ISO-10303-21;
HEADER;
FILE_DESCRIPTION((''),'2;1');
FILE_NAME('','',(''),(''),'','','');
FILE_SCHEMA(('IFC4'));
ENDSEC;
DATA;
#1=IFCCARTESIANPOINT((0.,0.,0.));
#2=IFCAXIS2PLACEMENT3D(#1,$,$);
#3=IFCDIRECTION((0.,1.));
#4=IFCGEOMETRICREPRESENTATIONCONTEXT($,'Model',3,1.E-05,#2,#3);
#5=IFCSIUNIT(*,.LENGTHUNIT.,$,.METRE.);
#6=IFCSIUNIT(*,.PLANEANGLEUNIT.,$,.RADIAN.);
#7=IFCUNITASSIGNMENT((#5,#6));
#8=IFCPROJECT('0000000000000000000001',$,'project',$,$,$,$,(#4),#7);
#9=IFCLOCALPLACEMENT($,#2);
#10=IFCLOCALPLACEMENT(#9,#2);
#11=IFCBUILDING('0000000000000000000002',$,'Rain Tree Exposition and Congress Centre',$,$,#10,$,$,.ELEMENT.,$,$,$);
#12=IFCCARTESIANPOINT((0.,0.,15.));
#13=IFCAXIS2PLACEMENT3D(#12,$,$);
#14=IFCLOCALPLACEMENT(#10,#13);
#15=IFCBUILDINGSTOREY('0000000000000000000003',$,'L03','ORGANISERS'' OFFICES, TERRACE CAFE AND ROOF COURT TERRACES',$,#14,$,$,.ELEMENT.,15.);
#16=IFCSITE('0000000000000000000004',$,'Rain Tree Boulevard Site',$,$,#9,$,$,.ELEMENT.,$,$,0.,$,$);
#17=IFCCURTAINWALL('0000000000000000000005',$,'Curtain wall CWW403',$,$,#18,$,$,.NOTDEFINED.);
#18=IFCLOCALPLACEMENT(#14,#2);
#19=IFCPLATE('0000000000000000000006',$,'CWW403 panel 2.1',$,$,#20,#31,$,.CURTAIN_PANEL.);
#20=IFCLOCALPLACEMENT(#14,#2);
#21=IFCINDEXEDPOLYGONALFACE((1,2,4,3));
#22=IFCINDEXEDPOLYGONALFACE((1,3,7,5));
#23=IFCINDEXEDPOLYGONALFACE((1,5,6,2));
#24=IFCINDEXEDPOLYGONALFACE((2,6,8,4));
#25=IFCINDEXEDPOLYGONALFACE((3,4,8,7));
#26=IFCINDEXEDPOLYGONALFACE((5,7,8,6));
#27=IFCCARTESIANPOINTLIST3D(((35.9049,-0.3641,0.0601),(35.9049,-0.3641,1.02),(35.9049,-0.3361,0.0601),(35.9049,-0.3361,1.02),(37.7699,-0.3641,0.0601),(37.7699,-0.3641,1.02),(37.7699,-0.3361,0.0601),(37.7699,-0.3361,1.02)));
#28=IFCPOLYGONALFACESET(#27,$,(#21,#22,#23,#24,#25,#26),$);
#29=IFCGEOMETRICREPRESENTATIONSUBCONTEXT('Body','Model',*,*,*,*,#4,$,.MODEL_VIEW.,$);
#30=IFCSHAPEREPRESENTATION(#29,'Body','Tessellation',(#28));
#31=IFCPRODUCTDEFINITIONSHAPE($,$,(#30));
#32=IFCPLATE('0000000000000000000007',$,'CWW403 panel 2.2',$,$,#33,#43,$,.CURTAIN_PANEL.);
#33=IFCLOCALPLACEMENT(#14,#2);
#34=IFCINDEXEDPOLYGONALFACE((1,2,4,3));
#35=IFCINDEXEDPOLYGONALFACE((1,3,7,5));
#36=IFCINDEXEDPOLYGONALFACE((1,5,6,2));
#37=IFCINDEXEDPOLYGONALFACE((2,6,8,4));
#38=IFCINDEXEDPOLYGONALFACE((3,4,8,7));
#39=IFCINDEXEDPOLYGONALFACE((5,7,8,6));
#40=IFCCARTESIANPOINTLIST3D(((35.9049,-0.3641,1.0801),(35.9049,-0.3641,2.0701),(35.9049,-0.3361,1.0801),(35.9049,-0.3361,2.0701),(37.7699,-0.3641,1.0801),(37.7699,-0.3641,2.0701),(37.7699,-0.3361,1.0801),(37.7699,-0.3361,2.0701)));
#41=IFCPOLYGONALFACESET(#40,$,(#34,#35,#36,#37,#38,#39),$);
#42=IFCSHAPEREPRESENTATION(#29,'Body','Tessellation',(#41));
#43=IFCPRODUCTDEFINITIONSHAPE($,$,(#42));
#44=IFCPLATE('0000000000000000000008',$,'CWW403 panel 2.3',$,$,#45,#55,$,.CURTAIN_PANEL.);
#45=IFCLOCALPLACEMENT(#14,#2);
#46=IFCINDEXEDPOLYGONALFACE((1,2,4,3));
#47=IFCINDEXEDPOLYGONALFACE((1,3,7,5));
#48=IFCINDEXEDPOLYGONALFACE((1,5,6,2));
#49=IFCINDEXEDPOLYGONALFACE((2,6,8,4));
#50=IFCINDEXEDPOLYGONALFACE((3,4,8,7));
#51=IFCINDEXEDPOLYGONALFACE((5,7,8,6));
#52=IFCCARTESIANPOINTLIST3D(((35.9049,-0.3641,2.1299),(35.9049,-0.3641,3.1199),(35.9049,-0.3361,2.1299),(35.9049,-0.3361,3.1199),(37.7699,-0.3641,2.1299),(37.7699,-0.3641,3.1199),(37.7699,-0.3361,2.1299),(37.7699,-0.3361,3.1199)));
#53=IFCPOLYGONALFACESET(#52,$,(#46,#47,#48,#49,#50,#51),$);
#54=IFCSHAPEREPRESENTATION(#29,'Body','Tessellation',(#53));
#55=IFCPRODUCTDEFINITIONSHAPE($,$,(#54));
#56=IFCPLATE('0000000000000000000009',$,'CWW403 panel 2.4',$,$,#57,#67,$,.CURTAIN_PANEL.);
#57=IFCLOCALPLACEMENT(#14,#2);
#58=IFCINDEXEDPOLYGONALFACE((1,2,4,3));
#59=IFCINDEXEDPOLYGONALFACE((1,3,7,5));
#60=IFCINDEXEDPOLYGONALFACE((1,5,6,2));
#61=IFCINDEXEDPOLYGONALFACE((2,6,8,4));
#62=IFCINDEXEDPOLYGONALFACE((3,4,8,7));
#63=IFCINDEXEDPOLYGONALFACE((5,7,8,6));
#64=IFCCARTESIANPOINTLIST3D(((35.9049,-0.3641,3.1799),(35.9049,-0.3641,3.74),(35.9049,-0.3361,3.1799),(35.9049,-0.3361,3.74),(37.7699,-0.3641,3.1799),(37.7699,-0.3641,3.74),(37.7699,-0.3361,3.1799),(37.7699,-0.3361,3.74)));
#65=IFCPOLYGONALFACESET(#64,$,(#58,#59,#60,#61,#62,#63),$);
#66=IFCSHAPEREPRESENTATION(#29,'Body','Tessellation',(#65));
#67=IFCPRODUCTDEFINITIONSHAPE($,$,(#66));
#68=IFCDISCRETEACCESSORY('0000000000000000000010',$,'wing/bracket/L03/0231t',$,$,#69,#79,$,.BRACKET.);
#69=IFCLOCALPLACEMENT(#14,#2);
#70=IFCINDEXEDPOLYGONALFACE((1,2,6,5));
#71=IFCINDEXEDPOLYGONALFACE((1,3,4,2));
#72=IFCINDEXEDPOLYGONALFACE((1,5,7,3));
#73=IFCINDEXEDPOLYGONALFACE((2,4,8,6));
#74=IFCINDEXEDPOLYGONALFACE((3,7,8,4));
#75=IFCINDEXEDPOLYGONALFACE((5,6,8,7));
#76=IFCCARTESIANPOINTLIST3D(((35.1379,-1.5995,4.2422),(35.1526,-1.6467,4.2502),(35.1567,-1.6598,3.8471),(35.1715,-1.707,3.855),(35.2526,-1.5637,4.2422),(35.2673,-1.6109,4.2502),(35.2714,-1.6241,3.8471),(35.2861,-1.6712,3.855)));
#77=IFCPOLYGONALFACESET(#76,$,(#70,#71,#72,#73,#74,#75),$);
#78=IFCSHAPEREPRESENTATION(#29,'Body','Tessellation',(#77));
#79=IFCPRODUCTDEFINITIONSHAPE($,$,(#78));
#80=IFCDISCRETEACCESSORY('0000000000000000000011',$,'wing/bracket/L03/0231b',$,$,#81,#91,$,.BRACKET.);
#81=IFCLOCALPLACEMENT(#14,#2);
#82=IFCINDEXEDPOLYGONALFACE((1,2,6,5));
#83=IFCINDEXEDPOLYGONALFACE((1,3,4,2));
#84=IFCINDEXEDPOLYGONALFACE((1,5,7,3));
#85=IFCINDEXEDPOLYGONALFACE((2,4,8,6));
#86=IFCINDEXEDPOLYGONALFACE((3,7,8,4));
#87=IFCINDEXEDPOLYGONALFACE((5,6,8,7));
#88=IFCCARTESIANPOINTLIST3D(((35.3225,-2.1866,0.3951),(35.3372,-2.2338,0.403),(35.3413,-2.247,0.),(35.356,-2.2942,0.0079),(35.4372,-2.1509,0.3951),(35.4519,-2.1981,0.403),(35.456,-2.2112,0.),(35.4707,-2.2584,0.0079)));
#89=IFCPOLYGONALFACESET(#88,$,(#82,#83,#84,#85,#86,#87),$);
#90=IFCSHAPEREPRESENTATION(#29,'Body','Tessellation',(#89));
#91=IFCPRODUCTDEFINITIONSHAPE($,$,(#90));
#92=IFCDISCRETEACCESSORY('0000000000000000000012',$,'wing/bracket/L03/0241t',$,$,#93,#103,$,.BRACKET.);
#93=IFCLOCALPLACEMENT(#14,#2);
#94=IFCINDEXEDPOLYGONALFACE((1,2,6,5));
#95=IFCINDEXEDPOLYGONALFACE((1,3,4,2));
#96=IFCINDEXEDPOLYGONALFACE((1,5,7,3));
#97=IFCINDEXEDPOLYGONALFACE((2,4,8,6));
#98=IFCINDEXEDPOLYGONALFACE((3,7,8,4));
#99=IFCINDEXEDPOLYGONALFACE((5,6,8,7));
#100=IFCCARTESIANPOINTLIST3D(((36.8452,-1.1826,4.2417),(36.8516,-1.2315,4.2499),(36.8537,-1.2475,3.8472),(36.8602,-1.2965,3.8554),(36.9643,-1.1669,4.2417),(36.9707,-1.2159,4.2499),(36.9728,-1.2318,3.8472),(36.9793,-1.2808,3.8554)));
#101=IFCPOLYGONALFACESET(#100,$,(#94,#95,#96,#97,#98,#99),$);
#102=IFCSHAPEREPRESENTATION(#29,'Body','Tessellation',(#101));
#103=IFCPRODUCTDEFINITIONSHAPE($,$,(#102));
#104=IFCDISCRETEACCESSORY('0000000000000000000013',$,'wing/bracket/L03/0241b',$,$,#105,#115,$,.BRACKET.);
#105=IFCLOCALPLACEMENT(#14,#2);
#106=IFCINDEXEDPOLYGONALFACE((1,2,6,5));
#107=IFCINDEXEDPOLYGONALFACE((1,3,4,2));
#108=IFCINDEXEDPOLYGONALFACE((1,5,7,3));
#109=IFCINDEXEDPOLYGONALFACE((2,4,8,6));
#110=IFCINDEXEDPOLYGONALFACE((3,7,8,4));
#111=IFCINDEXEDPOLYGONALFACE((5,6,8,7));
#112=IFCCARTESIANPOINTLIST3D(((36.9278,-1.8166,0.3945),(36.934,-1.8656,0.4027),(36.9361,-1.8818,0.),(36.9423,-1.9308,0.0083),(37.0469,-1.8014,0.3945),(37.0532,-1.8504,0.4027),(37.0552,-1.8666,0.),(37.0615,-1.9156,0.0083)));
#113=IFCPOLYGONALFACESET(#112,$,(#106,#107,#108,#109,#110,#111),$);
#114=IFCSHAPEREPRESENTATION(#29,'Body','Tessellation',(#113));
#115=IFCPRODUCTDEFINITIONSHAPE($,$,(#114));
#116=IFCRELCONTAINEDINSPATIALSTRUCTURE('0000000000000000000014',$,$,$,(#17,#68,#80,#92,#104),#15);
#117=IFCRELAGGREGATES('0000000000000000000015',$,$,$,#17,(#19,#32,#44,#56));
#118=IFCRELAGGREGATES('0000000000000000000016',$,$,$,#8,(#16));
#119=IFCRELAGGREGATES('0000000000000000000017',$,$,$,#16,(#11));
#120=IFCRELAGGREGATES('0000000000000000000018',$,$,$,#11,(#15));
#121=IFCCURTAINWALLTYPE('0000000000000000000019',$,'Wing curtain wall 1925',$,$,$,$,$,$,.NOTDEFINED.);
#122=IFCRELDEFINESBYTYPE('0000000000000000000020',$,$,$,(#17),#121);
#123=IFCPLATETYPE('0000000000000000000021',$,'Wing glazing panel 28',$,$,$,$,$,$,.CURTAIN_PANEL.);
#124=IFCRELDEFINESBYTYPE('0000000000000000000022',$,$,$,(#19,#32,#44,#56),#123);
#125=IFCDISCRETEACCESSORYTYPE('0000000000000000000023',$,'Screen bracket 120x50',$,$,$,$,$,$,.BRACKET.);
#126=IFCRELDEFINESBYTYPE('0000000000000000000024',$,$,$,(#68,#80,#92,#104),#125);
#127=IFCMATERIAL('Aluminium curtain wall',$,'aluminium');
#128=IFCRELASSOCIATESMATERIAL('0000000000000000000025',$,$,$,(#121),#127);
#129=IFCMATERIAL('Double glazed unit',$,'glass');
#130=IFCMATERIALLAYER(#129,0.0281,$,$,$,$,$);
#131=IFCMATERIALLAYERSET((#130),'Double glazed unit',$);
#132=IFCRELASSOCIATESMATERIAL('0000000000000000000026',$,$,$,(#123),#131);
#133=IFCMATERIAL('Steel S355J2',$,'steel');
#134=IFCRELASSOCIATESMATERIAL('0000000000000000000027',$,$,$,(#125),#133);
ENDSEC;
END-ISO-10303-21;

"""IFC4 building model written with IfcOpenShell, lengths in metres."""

from ifc_helpers import new_model, si_unit, direction, frame, origin, origin_2d, place, context, subcontext, project, spatial, rectangle, extrude, material, layer, layer_set, material_profile, profile_set, type_object, element, aggregate, save


model = new_model("IFC4")

# Units and contexts
model_context = context("Model", 3, precision=1e-05, world=origin(), true_north=direction((0.0, 1.0)))
body_context = subcontext(model_context, "Body", "Model", "MODEL_VIEW")
ifc_project = project(units=[si_unit("LENGTHUNIT", "METRE"), si_unit("PLANEANGLEUNIT", "RADIAN")], contexts=[model_context])

# Site, building, storey
site_placement = place(None, origin())
site = spatial("IfcSite", under=ifc_project, at=site_placement, Name="Rain Tree Boulevard Site", CompositionType="ELEMENT", RefElevation=0.0)
building_placement = place(site_placement, origin())
building = spatial("IfcBuilding", under=site, at=building_placement, Name="Rain Tree Exposition and Congress Centre", CompositionType="ELEMENT")
storey_placement = place(building_placement, frame((0.0, 0.0, 15.0)))
storey = spatial("IfcBuildingStorey", under=building, at=storey_placement, Name="L03", Description="ORGANISERS' OFFICES, TERRACE CAFE AND ROOF COURT TERRACES", CompositionType="ELEMENT", Elevation=15.0)

# Curtain wall, plates
ifc_material_1 = material(Name="Aluminium curtain wall", Category="aluminium")
curtain_wall_type = type_object("IfcCurtainWallType", Name="Wing curtain wall 1925", PredefinedType="NOTDEFINED", material=ifc_material_1)
curtain_wall_placement = place(storey_placement, origin())
curtain_wall = element("IfcCurtainWall", 1, at=curtain_wall_placement, inside=storey, type_object=curtain_wall_type, Name="Curtain wall CWW403", PredefinedType="NOTDEFINED")
ifc_material_2 = material(Name="Double glazed unit", Category="glass")
ifc_layer_1 = layer(ifc_material_2, 0.0281)
ifc_layer_set_1 = layer_set([ifc_layer_1], Name="Double glazed unit")
plate_type = type_object("IfcPlateType", Name="Wing glazing panel 28", PredefinedType="CURTAIN_PANEL", material=ifc_layer_set_1)
plate_1_placement = place(storey_placement, frame((36.8374, -0.3501, 0.0601), z_axis=(0.0, 0.0, 1.0), x_axis=(1.0, 0.0, 0.0)))
plate_1 = element("IfcPlate", 2, at=plate_1_placement, type_object=plate_type, Name="CWW403 panel 2.1", PredefinedType="CURTAIN_PANEL", context=body_context, shape_type="SweptSolid", body=[
    extrude(rectangle(XDim=1.865, YDim=0.0281, at=origin_2d()), origin(), (0.0, 0.0, 1.0), 0.96),
])
plate_2_placement = place(storey_placement, frame((36.8374, -0.3501, 1.0801), z_axis=(0.0, 0.0, 1.0), x_axis=(1.0, 0.0, 0.0)))
plate_2 = element("IfcPlate", 3, at=plate_2_placement, type_object=plate_type, Name="CWW403 panel 2.2", PredefinedType="CURTAIN_PANEL", context=body_context, shape_type="SweptSolid", body=[
    extrude(rectangle(XDim=1.865, YDim=0.0281, at=origin_2d()), origin(), (0.0, 0.0, 1.0), 0.99),
])
plate_3_placement = place(storey_placement, frame((36.8374, -0.3501, 2.1299), z_axis=(0.0, 0.0, 1.0), x_axis=(1.0, 0.0, 0.0)))
plate_3 = element("IfcPlate", 4, at=plate_3_placement, type_object=plate_type, Name="CWW403 panel 2.3", PredefinedType="CURTAIN_PANEL", context=body_context, shape_type="SweptSolid", body=[
    extrude(rectangle(XDim=1.865, YDim=0.0281, at=origin_2d()), origin(), (0.0, 0.0, 1.0), 0.99),
])
plate_4_placement = place(storey_placement, frame((36.8374, -0.3501, 3.1799), z_axis=(0.0, 0.0, 1.0), x_axis=(1.0, 0.0, 0.0)))
plate_4 = element("IfcPlate", 5, at=plate_4_placement, type_object=plate_type, Name="CWW403 panel 2.4", PredefinedType="CURTAIN_PANEL", context=body_context, shape_type="SweptSolid", body=[
    extrude(rectangle(XDim=1.865, YDim=0.0281, at=origin_2d()), origin(), (0.0, 0.0, 1.0), 0.5601),
])
aggregate(curtain_wall, [plate_1, plate_2, plate_3, plate_4])

# Discrete accessories
ifc_material_3 = material(Name="Steel S355J2", Category="steel")
ifc_material_profile_1 = material_profile(ifc_material_3, rectangle(XDim=0.1201, YDim=0.05, at=origin_2d()), Name="Flat bar 120x50")
ifc_profile_set_1 = profile_set([ifc_material_profile_1], Name="Steel S355J2")
discrete_accessory_type = type_object("IfcDiscreteAccessoryType", Name="Screen bracket 120x50", PredefinedType="BRACKET", material=ifc_profile_set_1)
for number, where, z_axis, x_axis, name in (
    (6, (35.2214, -1.6655, 3.8511), (-0.046993, 0.150743, 0.987456), (-0.954686, -0.297615, 0.0), "wing/bracket/L03/0231t"),
    (7, (35.406, -2.2527, 0.0039), (-0.046993, 0.150743, 0.987456), (-0.954686, -0.297615, 0.0), "wing/bracket/L03/0231b"),
):
    element("IfcDiscreteAccessory", number, at=place(storey_placement, frame(where, z_axis=z_axis, x_axis=x_axis)), inside=storey, type_object=discrete_accessory_type, Name=name, PredefinedType="BRACKET", context=body_context, shape_type="SweptSolid", body=[
        extrude(rectangle(XDim=0.1201, YDim=0.05, at=origin_2d()), origin(), (0.0, 0.0, 1.0), 0.4001),
    ])
for number, where, z_axis, x_axis, name in (
    (8, (36.9165, -1.2642, 3.8513), (-0.021366, 0.162381, 0.986497), (-0.991454, -0.130455, 0.0), "wing/bracket/L03/0241t"),
    (9, (36.9988, -1.8987, 0.0042), (-0.020754, 0.162978, 0.986411), (-0.991989, -0.126321, 0.0), "wing/bracket/L03/0241b"),
):
    element("IfcDiscreteAccessory", number, at=place(storey_placement, frame(where, z_axis=z_axis, x_axis=x_axis)), inside=storey, type_object=discrete_accessory_type, Name=name, PredefinedType="BRACKET", context=body_context, shape_type="SweptSolid", body=[
        extrude(rectangle(XDim=0.1201, YDim=0.05, at=origin_2d()), origin(), (0.0, 0.0, 1.0), 0.3999),
    ])

save(model, "model.ifc")
